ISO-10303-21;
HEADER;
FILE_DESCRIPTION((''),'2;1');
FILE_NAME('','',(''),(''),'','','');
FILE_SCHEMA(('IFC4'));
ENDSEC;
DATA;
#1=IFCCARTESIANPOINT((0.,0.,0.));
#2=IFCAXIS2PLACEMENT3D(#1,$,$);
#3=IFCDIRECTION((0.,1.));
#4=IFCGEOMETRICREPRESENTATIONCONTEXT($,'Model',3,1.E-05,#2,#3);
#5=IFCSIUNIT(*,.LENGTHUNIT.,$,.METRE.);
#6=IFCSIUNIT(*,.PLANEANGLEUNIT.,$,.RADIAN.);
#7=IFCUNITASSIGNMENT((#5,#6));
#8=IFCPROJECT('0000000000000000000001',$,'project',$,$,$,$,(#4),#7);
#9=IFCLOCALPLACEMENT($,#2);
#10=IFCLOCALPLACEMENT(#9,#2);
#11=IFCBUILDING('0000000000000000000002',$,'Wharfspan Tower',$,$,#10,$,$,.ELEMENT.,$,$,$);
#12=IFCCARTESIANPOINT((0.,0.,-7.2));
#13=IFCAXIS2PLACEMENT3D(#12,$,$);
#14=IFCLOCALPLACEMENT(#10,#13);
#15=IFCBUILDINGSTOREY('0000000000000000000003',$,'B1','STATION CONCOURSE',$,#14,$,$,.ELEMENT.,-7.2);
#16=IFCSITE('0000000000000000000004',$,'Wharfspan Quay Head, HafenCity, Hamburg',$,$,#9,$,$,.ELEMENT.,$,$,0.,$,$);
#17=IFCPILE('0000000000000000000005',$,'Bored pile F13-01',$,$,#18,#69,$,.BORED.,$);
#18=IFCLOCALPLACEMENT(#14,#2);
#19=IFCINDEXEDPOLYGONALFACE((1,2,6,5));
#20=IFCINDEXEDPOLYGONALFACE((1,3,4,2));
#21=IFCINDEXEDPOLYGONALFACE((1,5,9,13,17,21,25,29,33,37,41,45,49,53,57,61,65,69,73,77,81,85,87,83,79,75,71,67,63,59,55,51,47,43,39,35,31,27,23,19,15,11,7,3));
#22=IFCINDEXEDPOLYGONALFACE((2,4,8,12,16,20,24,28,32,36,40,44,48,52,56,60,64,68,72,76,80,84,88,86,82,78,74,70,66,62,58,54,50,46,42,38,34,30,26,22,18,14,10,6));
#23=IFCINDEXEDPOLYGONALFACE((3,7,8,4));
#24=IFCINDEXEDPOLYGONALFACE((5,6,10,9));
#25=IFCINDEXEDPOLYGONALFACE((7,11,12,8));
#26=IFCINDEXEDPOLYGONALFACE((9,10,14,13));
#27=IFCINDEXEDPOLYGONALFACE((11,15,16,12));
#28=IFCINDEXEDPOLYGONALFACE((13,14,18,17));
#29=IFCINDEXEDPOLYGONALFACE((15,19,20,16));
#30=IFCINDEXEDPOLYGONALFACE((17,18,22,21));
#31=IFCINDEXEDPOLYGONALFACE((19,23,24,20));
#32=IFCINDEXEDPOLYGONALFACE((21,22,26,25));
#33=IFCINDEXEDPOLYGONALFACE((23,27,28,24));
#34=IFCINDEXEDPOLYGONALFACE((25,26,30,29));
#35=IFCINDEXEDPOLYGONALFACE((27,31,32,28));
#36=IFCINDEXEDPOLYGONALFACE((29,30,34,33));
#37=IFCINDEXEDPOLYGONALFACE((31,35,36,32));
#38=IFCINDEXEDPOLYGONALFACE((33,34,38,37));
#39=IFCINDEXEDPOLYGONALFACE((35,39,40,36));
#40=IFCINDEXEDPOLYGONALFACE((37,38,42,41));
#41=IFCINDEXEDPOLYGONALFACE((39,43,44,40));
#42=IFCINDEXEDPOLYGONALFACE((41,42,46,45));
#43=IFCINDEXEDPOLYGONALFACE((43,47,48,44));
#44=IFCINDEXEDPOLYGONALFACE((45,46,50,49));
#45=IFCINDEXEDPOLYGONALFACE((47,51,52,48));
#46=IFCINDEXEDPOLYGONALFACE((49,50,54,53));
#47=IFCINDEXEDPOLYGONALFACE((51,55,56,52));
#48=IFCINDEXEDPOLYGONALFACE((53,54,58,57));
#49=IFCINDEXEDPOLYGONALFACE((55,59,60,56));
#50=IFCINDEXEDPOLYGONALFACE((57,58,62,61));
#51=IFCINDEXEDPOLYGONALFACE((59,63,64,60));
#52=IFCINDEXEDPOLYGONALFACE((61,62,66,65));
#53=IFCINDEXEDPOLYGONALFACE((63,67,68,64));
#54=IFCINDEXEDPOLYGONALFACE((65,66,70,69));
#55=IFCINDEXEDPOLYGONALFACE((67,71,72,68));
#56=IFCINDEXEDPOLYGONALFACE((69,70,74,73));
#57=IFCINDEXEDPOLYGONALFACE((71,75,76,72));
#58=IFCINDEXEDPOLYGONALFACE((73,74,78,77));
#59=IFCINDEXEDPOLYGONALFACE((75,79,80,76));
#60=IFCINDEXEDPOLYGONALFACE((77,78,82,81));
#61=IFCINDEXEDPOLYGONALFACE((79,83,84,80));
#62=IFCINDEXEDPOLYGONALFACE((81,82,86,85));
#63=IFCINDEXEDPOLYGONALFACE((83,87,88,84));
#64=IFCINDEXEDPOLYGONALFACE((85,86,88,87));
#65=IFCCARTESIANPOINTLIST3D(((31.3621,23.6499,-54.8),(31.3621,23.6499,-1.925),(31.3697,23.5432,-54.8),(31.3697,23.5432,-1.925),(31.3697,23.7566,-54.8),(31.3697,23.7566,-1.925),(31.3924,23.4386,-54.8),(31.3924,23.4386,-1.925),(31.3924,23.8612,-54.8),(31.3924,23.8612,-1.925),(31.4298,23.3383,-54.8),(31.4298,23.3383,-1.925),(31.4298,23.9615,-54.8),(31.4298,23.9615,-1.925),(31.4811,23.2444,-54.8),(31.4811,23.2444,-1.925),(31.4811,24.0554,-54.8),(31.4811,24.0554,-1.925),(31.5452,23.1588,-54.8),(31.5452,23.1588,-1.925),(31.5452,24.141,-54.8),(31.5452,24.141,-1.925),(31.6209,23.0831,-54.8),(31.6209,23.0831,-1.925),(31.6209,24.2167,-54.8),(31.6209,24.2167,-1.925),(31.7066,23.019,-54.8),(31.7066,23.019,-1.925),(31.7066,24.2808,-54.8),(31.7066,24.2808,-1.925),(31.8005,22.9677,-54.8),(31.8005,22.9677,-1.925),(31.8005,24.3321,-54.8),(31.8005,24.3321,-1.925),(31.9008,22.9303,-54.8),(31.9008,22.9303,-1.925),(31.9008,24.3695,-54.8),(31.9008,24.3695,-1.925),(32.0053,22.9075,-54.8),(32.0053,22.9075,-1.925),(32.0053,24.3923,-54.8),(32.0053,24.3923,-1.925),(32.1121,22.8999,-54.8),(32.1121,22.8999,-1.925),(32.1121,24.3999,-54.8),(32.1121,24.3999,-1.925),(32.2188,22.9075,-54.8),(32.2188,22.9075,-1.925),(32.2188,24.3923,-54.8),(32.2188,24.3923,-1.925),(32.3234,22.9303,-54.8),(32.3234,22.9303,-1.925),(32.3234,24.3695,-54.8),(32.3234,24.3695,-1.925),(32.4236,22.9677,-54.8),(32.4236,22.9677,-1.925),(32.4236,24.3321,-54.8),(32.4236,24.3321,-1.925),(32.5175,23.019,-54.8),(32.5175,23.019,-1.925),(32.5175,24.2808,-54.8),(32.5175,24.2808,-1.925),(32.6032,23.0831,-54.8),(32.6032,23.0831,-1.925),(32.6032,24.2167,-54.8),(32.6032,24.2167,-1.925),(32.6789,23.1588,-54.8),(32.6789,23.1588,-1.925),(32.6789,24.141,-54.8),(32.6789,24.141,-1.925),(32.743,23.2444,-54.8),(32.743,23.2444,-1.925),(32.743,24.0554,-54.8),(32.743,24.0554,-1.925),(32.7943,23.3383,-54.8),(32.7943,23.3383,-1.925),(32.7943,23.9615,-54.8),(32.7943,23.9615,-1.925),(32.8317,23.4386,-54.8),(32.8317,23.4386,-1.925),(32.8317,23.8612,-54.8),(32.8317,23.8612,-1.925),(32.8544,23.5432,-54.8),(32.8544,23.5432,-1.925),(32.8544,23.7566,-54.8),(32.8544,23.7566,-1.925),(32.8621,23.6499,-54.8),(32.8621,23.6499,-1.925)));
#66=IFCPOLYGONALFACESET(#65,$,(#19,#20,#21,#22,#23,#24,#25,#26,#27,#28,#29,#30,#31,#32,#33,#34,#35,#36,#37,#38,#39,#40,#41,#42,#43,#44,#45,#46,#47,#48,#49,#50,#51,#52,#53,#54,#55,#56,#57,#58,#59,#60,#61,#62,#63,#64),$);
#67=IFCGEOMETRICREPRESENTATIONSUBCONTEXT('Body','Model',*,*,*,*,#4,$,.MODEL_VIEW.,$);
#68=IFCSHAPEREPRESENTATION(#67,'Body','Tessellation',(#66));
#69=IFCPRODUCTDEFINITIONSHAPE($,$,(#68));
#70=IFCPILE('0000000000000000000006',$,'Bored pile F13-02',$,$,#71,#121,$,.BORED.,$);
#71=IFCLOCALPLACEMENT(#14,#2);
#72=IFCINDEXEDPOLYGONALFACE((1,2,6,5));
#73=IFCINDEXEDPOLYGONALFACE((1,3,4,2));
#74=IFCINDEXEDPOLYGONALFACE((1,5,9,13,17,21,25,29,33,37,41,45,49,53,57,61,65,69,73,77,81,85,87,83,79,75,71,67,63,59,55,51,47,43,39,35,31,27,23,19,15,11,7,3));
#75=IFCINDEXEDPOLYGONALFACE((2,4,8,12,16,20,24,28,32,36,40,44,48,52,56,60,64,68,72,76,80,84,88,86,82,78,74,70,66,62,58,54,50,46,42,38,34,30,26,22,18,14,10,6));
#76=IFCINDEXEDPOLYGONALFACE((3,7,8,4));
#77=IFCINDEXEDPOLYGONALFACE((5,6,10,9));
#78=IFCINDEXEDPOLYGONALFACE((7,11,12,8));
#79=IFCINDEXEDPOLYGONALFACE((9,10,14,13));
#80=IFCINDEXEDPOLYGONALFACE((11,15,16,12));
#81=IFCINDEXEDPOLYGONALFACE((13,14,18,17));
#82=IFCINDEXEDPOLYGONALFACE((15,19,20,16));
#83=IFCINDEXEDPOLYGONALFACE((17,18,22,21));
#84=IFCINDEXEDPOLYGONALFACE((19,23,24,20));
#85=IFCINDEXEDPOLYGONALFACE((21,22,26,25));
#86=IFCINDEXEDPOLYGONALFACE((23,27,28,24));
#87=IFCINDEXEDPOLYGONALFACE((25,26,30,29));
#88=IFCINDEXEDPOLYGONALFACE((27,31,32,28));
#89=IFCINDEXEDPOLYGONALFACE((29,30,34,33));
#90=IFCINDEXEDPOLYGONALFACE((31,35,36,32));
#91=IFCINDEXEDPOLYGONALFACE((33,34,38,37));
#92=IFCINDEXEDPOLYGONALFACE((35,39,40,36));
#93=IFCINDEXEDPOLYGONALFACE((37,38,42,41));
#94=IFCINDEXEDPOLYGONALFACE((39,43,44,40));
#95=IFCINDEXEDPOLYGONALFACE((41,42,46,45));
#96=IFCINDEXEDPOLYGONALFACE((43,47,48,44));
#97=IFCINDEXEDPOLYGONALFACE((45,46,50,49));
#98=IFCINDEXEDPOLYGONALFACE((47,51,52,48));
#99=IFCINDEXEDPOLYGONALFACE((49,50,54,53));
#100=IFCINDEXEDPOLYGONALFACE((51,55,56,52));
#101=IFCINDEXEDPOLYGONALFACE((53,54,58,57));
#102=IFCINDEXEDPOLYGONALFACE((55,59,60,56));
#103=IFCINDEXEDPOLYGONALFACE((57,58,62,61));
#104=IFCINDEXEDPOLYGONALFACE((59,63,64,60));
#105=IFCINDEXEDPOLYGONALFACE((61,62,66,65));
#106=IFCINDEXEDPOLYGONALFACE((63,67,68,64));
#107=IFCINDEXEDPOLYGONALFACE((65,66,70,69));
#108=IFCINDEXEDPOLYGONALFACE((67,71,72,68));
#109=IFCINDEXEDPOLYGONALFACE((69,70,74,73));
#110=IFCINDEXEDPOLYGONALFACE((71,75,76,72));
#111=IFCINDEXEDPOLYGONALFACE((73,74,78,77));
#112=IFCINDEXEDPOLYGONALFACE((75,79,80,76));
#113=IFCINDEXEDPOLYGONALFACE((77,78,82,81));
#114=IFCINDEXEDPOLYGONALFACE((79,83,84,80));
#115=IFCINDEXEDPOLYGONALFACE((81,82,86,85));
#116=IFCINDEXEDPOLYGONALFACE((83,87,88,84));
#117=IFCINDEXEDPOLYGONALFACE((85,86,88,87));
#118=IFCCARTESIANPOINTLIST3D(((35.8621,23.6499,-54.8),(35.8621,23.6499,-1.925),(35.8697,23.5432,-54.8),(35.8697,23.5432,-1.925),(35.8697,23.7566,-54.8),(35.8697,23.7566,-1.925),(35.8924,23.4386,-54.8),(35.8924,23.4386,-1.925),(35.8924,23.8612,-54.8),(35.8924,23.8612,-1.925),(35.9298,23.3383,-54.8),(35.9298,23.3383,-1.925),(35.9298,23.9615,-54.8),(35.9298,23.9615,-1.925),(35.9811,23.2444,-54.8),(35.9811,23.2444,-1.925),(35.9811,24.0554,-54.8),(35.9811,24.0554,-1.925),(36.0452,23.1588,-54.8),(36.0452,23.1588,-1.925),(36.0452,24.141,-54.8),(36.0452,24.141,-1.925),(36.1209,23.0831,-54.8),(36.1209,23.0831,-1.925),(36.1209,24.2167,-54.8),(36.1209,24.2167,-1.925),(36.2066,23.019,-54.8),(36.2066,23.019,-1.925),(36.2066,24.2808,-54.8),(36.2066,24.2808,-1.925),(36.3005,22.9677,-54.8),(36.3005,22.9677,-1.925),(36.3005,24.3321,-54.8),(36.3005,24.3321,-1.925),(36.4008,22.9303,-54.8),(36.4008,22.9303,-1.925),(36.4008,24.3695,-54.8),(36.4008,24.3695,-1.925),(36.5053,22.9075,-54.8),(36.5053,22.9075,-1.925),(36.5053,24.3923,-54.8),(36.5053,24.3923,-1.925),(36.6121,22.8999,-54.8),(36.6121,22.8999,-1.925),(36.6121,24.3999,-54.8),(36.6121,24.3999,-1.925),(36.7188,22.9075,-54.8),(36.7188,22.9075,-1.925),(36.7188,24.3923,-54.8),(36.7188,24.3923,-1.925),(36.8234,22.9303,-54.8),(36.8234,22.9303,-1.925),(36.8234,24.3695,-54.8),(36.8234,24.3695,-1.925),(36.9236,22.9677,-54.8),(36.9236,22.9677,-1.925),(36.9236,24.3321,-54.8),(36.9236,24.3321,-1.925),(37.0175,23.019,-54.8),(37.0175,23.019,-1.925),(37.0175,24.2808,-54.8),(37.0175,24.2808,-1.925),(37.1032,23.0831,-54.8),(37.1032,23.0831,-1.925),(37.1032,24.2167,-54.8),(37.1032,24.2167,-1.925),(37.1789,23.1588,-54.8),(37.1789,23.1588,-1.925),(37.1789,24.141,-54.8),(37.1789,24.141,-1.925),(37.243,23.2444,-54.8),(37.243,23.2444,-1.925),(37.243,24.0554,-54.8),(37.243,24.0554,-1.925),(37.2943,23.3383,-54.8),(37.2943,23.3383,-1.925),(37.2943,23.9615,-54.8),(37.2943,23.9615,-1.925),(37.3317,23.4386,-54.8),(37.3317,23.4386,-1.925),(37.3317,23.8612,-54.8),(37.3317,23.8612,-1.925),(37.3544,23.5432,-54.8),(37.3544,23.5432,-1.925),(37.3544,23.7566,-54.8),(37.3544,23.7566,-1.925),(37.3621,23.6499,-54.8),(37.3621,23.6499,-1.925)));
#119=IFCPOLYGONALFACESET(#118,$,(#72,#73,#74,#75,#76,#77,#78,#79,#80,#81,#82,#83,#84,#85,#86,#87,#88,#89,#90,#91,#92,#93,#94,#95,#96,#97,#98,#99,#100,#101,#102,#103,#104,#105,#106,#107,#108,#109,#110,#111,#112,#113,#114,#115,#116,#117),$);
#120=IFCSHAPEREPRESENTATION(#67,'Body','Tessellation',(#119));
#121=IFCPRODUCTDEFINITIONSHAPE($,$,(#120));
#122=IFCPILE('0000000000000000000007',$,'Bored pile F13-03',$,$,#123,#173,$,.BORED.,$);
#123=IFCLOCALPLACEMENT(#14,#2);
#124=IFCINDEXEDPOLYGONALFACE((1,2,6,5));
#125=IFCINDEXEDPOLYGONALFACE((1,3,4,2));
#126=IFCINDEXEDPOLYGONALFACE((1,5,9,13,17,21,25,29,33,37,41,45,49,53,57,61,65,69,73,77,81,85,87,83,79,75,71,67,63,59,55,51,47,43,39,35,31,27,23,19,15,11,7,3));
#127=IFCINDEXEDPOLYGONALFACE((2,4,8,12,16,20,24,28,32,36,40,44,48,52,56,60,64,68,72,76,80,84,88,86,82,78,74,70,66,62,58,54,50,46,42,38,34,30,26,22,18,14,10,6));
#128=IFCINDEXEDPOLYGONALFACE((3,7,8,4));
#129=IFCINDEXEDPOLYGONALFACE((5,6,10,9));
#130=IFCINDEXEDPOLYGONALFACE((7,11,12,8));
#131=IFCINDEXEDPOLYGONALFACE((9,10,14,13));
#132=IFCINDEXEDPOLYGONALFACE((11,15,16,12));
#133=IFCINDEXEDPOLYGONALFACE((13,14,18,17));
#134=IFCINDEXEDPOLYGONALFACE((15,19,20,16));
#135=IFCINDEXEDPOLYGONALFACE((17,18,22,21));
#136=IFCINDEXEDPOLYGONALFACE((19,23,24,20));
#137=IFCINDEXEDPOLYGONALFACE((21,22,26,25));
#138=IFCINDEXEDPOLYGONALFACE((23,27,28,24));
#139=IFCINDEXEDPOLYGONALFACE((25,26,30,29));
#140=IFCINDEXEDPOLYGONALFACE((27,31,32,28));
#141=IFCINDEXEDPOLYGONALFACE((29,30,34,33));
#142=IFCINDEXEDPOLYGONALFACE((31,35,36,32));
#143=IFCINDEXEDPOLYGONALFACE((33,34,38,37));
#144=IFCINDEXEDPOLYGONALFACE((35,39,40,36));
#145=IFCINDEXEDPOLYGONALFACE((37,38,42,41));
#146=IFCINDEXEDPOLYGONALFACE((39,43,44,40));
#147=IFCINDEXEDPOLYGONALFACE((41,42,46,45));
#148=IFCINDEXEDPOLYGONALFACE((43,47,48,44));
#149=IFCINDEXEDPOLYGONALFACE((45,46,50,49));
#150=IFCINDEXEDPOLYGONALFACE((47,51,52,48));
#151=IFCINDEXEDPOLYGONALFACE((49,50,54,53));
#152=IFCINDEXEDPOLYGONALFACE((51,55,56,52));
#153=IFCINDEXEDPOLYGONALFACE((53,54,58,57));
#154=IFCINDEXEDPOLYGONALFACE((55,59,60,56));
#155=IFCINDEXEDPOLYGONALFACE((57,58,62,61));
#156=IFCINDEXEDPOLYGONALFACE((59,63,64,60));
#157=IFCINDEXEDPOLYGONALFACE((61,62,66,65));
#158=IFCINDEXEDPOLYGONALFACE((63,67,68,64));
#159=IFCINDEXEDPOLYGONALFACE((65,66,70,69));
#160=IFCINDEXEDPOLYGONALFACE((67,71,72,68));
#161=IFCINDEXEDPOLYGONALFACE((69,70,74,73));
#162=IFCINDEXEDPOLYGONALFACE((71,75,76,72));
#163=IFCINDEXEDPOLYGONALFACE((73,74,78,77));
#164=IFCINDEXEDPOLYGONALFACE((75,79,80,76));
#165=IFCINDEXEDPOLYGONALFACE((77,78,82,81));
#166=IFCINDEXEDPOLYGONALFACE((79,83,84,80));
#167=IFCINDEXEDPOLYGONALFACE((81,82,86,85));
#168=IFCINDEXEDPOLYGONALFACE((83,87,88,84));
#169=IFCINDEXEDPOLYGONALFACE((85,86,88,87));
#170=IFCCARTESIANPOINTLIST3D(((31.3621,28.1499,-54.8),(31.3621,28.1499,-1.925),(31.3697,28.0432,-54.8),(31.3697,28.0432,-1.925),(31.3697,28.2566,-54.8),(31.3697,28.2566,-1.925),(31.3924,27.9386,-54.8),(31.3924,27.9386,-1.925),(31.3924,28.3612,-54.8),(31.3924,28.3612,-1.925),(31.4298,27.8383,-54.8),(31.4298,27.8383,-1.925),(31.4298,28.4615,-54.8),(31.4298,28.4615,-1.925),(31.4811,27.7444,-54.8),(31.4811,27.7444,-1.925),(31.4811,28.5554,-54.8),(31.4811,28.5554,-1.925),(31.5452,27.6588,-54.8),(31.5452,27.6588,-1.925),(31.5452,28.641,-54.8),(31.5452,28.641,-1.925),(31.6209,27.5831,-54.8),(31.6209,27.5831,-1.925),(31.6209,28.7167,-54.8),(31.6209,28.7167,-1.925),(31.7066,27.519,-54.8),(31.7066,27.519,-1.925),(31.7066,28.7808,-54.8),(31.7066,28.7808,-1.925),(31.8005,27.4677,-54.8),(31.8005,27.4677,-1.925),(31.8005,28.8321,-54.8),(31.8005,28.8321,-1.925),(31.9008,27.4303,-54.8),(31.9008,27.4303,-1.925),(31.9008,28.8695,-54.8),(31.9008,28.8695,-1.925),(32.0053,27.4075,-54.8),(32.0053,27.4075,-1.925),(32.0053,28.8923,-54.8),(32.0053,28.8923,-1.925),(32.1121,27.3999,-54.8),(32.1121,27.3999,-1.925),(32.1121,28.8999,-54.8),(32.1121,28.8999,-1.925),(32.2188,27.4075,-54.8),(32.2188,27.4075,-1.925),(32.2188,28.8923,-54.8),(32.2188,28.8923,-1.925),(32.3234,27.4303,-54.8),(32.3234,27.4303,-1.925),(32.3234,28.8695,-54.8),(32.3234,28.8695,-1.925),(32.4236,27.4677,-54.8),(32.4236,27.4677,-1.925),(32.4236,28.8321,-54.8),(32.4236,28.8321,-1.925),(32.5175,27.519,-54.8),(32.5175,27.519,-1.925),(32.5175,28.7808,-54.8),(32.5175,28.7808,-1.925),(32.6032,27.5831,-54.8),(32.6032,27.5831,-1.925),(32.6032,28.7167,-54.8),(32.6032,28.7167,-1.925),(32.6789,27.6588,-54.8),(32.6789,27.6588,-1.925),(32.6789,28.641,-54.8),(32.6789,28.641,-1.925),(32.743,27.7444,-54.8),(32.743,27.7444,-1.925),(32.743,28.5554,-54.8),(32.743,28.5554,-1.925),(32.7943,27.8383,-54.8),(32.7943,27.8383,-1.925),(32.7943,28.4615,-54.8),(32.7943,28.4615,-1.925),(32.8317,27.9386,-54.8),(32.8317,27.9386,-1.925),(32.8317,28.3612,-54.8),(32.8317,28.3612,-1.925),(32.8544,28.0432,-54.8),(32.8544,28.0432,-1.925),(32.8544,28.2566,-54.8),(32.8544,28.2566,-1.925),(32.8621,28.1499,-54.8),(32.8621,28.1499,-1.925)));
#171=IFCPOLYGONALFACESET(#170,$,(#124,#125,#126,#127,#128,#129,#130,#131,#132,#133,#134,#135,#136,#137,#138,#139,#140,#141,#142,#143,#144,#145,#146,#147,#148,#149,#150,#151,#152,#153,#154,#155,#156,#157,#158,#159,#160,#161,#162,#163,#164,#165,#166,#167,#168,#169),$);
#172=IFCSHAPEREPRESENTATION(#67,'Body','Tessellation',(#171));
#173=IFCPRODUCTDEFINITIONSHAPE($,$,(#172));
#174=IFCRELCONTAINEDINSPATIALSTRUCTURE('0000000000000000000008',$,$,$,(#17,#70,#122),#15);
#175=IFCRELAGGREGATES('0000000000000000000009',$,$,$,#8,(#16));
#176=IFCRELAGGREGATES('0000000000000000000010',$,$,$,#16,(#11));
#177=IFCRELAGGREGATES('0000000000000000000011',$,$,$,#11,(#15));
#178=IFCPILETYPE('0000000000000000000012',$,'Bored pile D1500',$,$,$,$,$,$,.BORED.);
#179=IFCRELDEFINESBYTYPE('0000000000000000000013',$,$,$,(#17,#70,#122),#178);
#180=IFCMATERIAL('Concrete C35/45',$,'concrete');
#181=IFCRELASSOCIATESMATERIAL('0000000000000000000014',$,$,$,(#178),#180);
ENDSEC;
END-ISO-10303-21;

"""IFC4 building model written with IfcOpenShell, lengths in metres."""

from ifc_helpers import new_model, si_unit, direction, frame, origin, origin_2d, place, context, subcontext, project, spatial, circle, extrude, material, material_profile, profile_set, type_object, element, save


model = new_model("IFC4")

# Units and contexts
model_context = context("Model", 3, precision=1e-05, world=origin(), true_north=direction((0.0, 1.0)))
body_context = subcontext(model_context, "Body", "Model", "MODEL_VIEW")
ifc_project = project(units=[si_unit("LENGTHUNIT", "METRE"), si_unit("PLANEANGLEUNIT", "RADIAN")], contexts=[model_context])

# Site, building, storey
site_placement = place(None, origin())
site = spatial("IfcSite", under=ifc_project, at=site_placement, Name="Wharfspan Quay Head, HafenCity, Hamburg", CompositionType="ELEMENT", RefElevation=0.0)
building_placement = place(site_placement, origin())
building = spatial("IfcBuilding", under=site, at=building_placement, Name="Wharfspan Tower", CompositionType="ELEMENT")
storey_placement = place(building_placement, frame((0.0, 0.0, -7.2)))
storey = spatial("IfcBuildingStorey", under=building, at=storey_placement, Name="B1", Description="STATION CONCOURSE", CompositionType="ELEMENT", Elevation=-7.2)

# Piles
ifc_material_1 = material(Name="Concrete C35/45", Category="concrete")
ifc_material_profile_1 = material_profile(ifc_material_1, circle(Radius=0.75, at=origin_2d()))
ifc_profile_set_1 = profile_set([ifc_material_profile_1], Name="Concrete C35/45")
pile_type = type_object("IfcPileType", Name="Bored pile D1500", PredefinedType="BORED", material=ifc_profile_set_1)
for number, where, z_axis, x_axis, name in (
    (1, (32.1121, 23.6499, -1.925), (0.0, 0.0, -1.0), (1.0, 0.0, 0.0), "Bored pile F13-01"),
    (2, (36.6121, 23.6499, -1.925), (0.0, 0.0, -1.0), (1.0, 0.0, 0.0), "Bored pile F13-02"),
    (3, (32.1121, 28.1499, -1.925), (0.0, 0.0, -1.0), (1.0, 0.0, 0.0), "Bored pile F13-03"),
):
    element("IfcPile", number, at=place(storey_placement, frame(where, z_axis=z_axis, x_axis=x_axis)), inside=storey, type_object=pile_type, Name=name, PredefinedType="BORED", context=body_context, shape_type="SweptSolid", body=[
        extrude(circle(Radius=0.75, at=origin_2d()), origin(), (0.0, 0.0, 1.0), 52.875),
    ])

save(model, "model.ifc")
